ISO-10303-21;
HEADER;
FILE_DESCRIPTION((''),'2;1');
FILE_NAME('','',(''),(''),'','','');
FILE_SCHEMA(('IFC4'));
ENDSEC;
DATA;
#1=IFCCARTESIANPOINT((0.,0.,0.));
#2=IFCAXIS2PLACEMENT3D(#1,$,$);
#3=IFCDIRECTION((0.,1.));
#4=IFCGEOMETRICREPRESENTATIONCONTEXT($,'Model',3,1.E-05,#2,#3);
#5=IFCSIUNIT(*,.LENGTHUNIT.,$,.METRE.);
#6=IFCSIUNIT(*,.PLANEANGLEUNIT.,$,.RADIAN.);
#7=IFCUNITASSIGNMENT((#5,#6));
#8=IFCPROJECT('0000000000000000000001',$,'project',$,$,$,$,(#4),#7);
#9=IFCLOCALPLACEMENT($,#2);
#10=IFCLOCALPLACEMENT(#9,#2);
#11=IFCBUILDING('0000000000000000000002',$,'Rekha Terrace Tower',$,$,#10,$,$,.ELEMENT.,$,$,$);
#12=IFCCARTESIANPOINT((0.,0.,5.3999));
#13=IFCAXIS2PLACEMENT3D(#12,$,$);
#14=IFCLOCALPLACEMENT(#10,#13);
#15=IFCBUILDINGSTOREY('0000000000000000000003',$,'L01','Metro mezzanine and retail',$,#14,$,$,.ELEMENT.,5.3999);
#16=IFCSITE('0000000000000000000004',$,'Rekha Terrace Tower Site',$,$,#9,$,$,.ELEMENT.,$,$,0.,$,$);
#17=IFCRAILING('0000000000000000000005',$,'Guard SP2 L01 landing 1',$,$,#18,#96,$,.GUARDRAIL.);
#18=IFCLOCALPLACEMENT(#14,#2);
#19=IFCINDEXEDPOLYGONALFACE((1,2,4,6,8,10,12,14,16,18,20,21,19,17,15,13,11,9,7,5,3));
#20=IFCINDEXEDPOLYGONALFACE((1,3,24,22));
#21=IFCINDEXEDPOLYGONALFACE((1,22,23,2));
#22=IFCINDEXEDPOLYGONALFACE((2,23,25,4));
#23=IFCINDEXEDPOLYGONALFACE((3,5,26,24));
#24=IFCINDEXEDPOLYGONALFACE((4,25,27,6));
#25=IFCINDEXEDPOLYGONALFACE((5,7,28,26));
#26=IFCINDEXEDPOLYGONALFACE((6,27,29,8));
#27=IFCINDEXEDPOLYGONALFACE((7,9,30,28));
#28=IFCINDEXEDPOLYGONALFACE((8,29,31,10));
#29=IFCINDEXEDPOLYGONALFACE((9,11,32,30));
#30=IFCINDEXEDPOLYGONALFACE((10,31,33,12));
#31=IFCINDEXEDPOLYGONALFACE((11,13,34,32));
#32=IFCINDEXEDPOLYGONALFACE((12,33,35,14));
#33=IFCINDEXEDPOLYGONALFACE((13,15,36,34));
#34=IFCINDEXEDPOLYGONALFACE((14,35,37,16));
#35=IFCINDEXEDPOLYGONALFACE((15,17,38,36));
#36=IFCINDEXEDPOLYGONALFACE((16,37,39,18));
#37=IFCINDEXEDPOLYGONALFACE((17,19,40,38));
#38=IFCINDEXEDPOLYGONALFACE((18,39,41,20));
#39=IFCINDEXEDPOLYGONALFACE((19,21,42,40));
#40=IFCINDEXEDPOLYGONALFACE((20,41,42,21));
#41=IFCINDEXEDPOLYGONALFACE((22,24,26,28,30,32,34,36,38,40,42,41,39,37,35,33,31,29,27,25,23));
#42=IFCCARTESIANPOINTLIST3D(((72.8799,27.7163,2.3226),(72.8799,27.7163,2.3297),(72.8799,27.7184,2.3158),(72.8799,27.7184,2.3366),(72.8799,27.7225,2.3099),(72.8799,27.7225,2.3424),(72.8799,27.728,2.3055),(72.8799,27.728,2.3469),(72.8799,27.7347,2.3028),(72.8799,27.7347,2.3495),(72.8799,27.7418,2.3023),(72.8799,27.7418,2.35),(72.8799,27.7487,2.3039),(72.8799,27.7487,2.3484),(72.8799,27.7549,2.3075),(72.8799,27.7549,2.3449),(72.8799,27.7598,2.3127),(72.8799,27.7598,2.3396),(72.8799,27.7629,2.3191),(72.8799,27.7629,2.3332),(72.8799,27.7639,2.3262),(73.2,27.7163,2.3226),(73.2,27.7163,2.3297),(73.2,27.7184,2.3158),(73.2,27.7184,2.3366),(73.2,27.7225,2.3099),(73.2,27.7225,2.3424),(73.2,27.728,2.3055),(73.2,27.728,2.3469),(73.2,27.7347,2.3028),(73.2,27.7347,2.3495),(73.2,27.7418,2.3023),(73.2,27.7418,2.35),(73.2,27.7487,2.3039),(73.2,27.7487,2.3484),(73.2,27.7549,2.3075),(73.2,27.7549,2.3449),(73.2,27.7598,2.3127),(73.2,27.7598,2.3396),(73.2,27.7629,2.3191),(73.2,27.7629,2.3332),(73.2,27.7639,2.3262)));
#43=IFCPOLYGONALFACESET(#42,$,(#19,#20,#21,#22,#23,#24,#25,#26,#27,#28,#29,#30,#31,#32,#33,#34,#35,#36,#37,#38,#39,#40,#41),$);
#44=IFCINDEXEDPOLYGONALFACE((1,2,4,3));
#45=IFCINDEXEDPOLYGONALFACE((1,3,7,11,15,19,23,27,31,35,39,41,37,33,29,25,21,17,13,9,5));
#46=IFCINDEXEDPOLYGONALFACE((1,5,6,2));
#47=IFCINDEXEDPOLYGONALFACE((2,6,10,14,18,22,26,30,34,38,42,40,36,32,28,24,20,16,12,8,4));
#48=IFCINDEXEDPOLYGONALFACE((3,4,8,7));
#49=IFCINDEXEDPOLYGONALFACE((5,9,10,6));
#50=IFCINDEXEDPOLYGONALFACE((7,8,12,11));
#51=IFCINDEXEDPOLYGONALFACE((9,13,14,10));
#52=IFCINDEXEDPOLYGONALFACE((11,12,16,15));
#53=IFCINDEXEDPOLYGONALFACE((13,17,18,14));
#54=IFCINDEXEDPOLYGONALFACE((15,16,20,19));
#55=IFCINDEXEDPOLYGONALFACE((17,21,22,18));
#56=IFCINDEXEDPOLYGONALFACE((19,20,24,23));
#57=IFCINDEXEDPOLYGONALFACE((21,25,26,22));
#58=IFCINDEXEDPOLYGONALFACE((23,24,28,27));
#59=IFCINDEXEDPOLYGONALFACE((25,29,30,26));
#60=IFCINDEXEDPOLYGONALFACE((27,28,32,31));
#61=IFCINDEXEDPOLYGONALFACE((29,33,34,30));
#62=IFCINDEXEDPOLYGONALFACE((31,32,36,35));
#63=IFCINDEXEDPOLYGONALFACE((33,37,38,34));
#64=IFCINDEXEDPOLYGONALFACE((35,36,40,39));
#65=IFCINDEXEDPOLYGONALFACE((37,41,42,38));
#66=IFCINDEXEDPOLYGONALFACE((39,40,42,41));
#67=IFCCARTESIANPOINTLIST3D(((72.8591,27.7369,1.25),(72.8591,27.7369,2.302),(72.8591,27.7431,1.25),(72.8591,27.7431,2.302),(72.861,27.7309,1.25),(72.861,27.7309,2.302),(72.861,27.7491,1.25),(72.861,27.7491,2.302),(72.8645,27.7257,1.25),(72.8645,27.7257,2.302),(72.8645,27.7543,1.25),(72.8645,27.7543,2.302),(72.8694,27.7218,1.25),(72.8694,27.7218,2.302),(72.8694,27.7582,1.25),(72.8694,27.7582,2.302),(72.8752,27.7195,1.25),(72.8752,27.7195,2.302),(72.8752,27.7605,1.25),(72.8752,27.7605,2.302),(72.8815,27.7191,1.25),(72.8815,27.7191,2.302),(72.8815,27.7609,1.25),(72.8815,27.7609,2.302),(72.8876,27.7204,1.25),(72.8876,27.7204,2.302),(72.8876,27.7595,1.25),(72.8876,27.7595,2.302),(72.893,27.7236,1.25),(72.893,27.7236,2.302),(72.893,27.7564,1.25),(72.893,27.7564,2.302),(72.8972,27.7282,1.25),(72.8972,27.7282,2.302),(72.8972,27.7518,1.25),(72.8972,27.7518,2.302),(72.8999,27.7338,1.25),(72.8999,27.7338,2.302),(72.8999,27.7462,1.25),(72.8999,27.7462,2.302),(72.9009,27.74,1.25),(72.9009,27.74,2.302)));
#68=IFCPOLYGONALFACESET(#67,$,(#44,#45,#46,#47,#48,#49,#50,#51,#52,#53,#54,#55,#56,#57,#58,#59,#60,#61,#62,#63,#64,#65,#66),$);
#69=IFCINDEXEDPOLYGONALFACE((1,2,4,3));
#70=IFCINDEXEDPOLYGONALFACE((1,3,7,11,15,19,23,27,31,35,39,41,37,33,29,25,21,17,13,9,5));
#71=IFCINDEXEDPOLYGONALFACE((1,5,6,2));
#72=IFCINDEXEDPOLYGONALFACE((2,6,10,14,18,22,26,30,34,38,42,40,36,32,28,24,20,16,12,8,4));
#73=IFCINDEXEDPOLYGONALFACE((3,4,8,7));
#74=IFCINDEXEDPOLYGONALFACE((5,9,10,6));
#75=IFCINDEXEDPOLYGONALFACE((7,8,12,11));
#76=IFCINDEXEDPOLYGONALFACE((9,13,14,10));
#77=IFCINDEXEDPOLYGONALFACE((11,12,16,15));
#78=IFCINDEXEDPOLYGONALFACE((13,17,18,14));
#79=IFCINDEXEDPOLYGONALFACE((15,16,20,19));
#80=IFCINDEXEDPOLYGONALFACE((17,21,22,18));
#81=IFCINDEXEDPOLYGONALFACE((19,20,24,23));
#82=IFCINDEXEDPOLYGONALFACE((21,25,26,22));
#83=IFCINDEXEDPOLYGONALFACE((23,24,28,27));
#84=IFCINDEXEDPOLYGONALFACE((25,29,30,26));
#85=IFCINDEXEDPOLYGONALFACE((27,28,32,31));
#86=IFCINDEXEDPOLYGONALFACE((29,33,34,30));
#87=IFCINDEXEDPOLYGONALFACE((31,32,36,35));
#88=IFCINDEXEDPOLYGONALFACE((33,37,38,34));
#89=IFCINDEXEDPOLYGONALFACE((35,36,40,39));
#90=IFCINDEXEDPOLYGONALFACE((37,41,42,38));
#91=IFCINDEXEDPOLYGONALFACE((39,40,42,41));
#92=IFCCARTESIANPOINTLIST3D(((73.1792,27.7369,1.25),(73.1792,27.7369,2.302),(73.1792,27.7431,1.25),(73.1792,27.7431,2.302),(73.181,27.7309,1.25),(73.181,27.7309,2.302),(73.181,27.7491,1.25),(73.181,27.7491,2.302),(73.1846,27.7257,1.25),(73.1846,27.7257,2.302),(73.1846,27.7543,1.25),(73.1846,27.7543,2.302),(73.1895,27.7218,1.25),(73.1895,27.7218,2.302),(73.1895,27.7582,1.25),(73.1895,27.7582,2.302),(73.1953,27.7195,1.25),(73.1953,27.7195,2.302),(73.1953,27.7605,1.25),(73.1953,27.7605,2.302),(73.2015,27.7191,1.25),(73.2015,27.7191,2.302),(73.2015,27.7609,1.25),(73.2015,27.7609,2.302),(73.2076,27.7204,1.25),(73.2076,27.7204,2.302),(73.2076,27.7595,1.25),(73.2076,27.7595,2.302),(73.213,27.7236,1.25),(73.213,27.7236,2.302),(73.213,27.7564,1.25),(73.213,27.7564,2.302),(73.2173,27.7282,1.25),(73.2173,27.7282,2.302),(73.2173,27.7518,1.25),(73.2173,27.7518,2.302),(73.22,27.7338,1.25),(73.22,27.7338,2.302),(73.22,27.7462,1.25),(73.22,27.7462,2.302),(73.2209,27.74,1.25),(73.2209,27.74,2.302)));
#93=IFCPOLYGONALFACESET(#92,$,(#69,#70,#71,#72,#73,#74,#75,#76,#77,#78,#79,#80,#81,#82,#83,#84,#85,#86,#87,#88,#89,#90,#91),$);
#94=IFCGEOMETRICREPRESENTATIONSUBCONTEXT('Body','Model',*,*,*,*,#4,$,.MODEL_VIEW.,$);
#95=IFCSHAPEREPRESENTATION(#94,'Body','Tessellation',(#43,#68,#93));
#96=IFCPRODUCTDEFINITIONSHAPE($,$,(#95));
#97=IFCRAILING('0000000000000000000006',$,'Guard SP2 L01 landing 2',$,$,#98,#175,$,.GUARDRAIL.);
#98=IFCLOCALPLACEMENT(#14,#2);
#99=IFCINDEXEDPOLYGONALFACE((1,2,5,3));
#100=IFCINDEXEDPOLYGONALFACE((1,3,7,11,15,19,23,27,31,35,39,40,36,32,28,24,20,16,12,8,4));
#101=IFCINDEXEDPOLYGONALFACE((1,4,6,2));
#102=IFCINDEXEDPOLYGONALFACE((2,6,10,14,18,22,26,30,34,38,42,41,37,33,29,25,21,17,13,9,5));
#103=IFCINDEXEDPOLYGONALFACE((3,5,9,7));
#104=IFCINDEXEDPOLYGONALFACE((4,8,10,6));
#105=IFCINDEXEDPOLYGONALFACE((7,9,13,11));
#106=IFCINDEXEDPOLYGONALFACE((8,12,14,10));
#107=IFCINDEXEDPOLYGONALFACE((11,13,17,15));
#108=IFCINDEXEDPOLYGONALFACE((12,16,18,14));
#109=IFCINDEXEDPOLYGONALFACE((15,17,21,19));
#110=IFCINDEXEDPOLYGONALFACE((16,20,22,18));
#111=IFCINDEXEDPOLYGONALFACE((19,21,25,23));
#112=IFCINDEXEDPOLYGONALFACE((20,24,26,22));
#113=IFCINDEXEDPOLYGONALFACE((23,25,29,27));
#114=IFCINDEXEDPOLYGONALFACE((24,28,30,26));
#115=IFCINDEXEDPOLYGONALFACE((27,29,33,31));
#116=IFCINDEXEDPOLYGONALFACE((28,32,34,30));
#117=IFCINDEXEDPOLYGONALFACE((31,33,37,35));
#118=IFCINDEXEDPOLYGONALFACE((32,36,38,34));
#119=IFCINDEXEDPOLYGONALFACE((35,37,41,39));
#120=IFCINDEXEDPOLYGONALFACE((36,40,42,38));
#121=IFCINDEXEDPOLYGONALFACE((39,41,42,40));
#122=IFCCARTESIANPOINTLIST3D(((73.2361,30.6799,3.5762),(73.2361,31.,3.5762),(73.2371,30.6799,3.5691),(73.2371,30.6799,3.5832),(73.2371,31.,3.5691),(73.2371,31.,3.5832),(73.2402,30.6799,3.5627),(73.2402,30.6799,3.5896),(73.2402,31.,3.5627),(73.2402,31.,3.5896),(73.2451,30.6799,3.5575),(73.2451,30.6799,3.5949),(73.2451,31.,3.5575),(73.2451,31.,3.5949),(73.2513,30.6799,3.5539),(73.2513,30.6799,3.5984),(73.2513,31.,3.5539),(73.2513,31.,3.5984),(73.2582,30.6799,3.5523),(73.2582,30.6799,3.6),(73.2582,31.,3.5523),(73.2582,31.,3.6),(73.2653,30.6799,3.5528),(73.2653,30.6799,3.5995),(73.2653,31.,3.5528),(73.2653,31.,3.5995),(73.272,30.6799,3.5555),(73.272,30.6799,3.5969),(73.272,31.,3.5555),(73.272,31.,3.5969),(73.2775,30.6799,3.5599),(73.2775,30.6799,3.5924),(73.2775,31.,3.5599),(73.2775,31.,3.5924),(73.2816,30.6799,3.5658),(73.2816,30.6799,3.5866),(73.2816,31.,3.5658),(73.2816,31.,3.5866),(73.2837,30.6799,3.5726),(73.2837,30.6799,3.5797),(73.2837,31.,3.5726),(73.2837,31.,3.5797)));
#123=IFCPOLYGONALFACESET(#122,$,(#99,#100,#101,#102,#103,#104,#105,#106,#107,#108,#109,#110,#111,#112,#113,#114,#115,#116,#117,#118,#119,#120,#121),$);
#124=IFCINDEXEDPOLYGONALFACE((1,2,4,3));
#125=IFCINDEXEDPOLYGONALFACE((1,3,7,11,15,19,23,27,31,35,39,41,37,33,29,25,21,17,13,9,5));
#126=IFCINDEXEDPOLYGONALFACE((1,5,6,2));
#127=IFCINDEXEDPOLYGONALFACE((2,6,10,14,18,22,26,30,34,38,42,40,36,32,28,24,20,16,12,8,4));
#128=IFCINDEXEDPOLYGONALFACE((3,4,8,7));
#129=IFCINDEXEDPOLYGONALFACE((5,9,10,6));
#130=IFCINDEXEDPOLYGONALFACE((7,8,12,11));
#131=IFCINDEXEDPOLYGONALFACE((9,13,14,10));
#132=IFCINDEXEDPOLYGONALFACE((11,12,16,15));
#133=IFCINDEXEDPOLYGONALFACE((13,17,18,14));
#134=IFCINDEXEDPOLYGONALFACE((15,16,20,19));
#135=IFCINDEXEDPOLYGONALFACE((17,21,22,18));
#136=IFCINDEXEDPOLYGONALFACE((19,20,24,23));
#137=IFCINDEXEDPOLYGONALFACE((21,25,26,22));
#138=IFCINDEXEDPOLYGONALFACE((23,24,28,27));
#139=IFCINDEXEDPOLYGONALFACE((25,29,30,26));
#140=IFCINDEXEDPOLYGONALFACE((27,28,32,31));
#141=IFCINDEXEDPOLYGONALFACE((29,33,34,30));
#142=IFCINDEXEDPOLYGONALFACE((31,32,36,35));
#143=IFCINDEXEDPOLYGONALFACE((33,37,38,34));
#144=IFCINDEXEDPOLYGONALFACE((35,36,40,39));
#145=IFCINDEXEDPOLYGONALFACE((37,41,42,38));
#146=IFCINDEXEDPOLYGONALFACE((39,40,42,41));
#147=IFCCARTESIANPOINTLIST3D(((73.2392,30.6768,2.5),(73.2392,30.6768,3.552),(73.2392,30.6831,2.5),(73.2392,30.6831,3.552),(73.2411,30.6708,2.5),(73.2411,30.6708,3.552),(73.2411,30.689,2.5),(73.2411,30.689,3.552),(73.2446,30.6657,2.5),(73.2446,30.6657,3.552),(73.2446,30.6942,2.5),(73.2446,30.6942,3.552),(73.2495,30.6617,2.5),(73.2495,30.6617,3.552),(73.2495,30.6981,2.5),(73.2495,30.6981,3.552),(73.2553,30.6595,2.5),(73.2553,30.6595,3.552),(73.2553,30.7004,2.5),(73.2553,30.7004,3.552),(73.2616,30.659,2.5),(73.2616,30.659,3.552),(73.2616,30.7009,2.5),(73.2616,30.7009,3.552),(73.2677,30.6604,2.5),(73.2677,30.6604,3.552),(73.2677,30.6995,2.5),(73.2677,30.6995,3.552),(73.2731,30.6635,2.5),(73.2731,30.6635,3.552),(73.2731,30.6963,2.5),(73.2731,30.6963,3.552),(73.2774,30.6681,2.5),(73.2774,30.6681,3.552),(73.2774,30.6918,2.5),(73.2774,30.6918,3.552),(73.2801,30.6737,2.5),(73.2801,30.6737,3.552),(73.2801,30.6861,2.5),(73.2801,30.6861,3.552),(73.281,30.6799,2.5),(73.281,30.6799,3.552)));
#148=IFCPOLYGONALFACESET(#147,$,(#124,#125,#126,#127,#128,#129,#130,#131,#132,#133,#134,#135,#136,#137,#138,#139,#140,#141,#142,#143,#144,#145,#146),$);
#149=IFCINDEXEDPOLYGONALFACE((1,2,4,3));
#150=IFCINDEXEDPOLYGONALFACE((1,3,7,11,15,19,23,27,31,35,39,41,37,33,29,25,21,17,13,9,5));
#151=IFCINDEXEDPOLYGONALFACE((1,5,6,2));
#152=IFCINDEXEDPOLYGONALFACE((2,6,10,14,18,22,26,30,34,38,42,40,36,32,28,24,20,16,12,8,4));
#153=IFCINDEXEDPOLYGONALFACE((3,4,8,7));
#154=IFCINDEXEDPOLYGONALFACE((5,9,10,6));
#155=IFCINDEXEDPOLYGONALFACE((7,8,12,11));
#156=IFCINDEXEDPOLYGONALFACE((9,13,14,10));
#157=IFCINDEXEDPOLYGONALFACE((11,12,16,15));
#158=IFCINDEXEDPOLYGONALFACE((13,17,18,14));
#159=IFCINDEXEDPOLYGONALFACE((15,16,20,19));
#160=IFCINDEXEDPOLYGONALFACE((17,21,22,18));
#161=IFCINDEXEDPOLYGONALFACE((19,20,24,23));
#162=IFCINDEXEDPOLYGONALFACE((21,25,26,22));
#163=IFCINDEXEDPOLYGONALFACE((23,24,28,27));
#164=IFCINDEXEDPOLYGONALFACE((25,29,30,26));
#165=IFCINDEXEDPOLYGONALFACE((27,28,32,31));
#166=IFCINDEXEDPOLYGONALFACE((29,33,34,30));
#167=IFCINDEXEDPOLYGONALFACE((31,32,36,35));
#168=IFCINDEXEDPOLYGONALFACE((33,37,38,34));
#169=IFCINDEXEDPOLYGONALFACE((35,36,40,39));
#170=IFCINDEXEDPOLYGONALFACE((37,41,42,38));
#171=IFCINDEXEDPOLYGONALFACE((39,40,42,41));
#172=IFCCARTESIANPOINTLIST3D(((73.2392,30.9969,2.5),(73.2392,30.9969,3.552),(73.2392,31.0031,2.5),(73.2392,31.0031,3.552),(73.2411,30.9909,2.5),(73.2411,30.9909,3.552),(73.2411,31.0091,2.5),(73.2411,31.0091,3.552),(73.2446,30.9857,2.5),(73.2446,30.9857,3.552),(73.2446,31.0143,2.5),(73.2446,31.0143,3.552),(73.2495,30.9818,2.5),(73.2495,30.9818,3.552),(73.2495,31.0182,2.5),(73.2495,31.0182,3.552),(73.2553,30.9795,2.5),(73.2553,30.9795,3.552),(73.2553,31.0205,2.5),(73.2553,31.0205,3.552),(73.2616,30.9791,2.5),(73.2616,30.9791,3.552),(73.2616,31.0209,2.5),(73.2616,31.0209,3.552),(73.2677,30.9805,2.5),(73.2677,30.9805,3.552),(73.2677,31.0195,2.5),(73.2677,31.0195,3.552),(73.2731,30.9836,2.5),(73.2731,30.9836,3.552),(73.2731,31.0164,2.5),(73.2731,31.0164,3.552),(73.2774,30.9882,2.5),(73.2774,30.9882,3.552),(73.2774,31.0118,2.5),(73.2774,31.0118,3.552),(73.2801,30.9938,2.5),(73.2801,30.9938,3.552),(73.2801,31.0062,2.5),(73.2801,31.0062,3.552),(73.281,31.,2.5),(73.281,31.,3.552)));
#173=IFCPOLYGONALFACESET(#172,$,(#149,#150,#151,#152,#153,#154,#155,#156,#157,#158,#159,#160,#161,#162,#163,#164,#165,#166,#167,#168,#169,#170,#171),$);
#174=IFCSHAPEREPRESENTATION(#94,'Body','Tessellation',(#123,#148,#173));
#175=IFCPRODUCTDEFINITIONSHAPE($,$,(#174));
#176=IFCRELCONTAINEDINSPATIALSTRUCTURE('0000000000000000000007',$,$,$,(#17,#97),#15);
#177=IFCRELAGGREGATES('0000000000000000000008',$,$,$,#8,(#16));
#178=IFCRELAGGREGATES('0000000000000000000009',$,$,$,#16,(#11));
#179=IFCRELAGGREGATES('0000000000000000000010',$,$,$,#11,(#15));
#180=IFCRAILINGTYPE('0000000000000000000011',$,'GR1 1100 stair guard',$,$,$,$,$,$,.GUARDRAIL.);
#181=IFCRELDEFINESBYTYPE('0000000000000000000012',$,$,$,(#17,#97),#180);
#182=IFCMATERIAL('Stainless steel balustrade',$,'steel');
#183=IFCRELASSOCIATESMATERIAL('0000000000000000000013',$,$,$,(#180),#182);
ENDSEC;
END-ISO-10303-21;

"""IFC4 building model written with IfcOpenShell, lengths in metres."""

from ifc_helpers import new_model, si_unit, direction, frame, origin, origin_2d, place, context, subcontext, project, spatial, circle, extrude, material, type_object, element, save


model = new_model("IFC4")

# Units and contexts
model_context = context("Model", 3, precision=1e-05, world=origin(), true_north=direction((0.0, 1.0)))
body_context = subcontext(model_context, "Body", "Model", "MODEL_VIEW")
ifc_project = project(units=[si_unit("LENGTHUNIT", "METRE"), si_unit("PLANEANGLEUNIT", "RADIAN")], contexts=[model_context])

# Site, building, storey
site_placement = place(None, origin())
site = spatial("IfcSite", under=ifc_project, at=site_placement, Name="Rekha Terrace Tower Site", CompositionType="ELEMENT", RefElevation=0.0)
building_placement = place(site_placement, origin())
building = spatial("IfcBuilding", under=site, at=building_placement, Name="Rekha Terrace Tower", CompositionType="ELEMENT")
storey_placement = place(building_placement, frame((0.0, 0.0, 5.3999)))
storey = spatial("IfcBuildingStorey", under=building, at=storey_placement, Name="L01", Description="Metro mezzanine and retail", CompositionType="ELEMENT", Elevation=5.3999)

# Railings
ifc_material_1 = material(Name="Stainless steel balustrade", Category="steel")
railing_type_1 = type_object("IfcRailingType", Name="GR1 1100 stair guard", PredefinedType="GUARDRAIL", material=ifc_material_1)
railing_1_placement = place(storey_placement, frame((72.8799, 27.74, 1.25)))
element("IfcRailing", 1, at=railing_1_placement, inside=storey, type_object=railing_type_1, Name="Guard SP2 L01 landing 1", PredefinedType="GUARDRAIL", context=body_context, shape_type="SweptSolid", body=[
    extrude(circle(Radius=0.0239, at=origin_2d()), frame((0.0, 0.0, 1.0762), z_axis=(1.0, 0.0, 0.0), x_axis=(0.0, 1.0, 0.0)), (0.0, 0.0, 1.0), 0.3201),
    extrude(circle(Radius=0.021, at=origin_2d()), origin(), (0.0, 0.0, 1.0), 1.052),
    extrude(circle(Radius=0.021, at=origin_2d()), frame((0.3201, 0.0, 0.0)), (0.0, 0.0, 1.0), 1.052),
])
railing_2_placement = place(storey_placement, frame((73.26, 30.6799, 2.5)))
element("IfcRailing", 2, at=railing_2_placement, inside=storey, type_object=railing_type_1, Name="Guard SP2 L01 landing 2", PredefinedType="GUARDRAIL", context=body_context, shape_type="SweptSolid", body=[
    extrude(circle(Radius=0.0239, at=origin_2d()), frame((0.0, 0.0, 1.0762), z_axis=(0.0, 1.0, 0.0), x_axis=(-1.0, 0.0, 0.0)), (0.0, 0.0, 1.0), 0.3201),
    extrude(circle(Radius=0.021, at=origin_2d()), origin(), (0.0, 0.0, 1.0), 1.052),
    extrude(circle(Radius=0.021, at=origin_2d()), frame((0.0, 0.3201, 0.0)), (0.0, 0.0, 1.0), 1.052),
])

save(model, "model.ifc")
